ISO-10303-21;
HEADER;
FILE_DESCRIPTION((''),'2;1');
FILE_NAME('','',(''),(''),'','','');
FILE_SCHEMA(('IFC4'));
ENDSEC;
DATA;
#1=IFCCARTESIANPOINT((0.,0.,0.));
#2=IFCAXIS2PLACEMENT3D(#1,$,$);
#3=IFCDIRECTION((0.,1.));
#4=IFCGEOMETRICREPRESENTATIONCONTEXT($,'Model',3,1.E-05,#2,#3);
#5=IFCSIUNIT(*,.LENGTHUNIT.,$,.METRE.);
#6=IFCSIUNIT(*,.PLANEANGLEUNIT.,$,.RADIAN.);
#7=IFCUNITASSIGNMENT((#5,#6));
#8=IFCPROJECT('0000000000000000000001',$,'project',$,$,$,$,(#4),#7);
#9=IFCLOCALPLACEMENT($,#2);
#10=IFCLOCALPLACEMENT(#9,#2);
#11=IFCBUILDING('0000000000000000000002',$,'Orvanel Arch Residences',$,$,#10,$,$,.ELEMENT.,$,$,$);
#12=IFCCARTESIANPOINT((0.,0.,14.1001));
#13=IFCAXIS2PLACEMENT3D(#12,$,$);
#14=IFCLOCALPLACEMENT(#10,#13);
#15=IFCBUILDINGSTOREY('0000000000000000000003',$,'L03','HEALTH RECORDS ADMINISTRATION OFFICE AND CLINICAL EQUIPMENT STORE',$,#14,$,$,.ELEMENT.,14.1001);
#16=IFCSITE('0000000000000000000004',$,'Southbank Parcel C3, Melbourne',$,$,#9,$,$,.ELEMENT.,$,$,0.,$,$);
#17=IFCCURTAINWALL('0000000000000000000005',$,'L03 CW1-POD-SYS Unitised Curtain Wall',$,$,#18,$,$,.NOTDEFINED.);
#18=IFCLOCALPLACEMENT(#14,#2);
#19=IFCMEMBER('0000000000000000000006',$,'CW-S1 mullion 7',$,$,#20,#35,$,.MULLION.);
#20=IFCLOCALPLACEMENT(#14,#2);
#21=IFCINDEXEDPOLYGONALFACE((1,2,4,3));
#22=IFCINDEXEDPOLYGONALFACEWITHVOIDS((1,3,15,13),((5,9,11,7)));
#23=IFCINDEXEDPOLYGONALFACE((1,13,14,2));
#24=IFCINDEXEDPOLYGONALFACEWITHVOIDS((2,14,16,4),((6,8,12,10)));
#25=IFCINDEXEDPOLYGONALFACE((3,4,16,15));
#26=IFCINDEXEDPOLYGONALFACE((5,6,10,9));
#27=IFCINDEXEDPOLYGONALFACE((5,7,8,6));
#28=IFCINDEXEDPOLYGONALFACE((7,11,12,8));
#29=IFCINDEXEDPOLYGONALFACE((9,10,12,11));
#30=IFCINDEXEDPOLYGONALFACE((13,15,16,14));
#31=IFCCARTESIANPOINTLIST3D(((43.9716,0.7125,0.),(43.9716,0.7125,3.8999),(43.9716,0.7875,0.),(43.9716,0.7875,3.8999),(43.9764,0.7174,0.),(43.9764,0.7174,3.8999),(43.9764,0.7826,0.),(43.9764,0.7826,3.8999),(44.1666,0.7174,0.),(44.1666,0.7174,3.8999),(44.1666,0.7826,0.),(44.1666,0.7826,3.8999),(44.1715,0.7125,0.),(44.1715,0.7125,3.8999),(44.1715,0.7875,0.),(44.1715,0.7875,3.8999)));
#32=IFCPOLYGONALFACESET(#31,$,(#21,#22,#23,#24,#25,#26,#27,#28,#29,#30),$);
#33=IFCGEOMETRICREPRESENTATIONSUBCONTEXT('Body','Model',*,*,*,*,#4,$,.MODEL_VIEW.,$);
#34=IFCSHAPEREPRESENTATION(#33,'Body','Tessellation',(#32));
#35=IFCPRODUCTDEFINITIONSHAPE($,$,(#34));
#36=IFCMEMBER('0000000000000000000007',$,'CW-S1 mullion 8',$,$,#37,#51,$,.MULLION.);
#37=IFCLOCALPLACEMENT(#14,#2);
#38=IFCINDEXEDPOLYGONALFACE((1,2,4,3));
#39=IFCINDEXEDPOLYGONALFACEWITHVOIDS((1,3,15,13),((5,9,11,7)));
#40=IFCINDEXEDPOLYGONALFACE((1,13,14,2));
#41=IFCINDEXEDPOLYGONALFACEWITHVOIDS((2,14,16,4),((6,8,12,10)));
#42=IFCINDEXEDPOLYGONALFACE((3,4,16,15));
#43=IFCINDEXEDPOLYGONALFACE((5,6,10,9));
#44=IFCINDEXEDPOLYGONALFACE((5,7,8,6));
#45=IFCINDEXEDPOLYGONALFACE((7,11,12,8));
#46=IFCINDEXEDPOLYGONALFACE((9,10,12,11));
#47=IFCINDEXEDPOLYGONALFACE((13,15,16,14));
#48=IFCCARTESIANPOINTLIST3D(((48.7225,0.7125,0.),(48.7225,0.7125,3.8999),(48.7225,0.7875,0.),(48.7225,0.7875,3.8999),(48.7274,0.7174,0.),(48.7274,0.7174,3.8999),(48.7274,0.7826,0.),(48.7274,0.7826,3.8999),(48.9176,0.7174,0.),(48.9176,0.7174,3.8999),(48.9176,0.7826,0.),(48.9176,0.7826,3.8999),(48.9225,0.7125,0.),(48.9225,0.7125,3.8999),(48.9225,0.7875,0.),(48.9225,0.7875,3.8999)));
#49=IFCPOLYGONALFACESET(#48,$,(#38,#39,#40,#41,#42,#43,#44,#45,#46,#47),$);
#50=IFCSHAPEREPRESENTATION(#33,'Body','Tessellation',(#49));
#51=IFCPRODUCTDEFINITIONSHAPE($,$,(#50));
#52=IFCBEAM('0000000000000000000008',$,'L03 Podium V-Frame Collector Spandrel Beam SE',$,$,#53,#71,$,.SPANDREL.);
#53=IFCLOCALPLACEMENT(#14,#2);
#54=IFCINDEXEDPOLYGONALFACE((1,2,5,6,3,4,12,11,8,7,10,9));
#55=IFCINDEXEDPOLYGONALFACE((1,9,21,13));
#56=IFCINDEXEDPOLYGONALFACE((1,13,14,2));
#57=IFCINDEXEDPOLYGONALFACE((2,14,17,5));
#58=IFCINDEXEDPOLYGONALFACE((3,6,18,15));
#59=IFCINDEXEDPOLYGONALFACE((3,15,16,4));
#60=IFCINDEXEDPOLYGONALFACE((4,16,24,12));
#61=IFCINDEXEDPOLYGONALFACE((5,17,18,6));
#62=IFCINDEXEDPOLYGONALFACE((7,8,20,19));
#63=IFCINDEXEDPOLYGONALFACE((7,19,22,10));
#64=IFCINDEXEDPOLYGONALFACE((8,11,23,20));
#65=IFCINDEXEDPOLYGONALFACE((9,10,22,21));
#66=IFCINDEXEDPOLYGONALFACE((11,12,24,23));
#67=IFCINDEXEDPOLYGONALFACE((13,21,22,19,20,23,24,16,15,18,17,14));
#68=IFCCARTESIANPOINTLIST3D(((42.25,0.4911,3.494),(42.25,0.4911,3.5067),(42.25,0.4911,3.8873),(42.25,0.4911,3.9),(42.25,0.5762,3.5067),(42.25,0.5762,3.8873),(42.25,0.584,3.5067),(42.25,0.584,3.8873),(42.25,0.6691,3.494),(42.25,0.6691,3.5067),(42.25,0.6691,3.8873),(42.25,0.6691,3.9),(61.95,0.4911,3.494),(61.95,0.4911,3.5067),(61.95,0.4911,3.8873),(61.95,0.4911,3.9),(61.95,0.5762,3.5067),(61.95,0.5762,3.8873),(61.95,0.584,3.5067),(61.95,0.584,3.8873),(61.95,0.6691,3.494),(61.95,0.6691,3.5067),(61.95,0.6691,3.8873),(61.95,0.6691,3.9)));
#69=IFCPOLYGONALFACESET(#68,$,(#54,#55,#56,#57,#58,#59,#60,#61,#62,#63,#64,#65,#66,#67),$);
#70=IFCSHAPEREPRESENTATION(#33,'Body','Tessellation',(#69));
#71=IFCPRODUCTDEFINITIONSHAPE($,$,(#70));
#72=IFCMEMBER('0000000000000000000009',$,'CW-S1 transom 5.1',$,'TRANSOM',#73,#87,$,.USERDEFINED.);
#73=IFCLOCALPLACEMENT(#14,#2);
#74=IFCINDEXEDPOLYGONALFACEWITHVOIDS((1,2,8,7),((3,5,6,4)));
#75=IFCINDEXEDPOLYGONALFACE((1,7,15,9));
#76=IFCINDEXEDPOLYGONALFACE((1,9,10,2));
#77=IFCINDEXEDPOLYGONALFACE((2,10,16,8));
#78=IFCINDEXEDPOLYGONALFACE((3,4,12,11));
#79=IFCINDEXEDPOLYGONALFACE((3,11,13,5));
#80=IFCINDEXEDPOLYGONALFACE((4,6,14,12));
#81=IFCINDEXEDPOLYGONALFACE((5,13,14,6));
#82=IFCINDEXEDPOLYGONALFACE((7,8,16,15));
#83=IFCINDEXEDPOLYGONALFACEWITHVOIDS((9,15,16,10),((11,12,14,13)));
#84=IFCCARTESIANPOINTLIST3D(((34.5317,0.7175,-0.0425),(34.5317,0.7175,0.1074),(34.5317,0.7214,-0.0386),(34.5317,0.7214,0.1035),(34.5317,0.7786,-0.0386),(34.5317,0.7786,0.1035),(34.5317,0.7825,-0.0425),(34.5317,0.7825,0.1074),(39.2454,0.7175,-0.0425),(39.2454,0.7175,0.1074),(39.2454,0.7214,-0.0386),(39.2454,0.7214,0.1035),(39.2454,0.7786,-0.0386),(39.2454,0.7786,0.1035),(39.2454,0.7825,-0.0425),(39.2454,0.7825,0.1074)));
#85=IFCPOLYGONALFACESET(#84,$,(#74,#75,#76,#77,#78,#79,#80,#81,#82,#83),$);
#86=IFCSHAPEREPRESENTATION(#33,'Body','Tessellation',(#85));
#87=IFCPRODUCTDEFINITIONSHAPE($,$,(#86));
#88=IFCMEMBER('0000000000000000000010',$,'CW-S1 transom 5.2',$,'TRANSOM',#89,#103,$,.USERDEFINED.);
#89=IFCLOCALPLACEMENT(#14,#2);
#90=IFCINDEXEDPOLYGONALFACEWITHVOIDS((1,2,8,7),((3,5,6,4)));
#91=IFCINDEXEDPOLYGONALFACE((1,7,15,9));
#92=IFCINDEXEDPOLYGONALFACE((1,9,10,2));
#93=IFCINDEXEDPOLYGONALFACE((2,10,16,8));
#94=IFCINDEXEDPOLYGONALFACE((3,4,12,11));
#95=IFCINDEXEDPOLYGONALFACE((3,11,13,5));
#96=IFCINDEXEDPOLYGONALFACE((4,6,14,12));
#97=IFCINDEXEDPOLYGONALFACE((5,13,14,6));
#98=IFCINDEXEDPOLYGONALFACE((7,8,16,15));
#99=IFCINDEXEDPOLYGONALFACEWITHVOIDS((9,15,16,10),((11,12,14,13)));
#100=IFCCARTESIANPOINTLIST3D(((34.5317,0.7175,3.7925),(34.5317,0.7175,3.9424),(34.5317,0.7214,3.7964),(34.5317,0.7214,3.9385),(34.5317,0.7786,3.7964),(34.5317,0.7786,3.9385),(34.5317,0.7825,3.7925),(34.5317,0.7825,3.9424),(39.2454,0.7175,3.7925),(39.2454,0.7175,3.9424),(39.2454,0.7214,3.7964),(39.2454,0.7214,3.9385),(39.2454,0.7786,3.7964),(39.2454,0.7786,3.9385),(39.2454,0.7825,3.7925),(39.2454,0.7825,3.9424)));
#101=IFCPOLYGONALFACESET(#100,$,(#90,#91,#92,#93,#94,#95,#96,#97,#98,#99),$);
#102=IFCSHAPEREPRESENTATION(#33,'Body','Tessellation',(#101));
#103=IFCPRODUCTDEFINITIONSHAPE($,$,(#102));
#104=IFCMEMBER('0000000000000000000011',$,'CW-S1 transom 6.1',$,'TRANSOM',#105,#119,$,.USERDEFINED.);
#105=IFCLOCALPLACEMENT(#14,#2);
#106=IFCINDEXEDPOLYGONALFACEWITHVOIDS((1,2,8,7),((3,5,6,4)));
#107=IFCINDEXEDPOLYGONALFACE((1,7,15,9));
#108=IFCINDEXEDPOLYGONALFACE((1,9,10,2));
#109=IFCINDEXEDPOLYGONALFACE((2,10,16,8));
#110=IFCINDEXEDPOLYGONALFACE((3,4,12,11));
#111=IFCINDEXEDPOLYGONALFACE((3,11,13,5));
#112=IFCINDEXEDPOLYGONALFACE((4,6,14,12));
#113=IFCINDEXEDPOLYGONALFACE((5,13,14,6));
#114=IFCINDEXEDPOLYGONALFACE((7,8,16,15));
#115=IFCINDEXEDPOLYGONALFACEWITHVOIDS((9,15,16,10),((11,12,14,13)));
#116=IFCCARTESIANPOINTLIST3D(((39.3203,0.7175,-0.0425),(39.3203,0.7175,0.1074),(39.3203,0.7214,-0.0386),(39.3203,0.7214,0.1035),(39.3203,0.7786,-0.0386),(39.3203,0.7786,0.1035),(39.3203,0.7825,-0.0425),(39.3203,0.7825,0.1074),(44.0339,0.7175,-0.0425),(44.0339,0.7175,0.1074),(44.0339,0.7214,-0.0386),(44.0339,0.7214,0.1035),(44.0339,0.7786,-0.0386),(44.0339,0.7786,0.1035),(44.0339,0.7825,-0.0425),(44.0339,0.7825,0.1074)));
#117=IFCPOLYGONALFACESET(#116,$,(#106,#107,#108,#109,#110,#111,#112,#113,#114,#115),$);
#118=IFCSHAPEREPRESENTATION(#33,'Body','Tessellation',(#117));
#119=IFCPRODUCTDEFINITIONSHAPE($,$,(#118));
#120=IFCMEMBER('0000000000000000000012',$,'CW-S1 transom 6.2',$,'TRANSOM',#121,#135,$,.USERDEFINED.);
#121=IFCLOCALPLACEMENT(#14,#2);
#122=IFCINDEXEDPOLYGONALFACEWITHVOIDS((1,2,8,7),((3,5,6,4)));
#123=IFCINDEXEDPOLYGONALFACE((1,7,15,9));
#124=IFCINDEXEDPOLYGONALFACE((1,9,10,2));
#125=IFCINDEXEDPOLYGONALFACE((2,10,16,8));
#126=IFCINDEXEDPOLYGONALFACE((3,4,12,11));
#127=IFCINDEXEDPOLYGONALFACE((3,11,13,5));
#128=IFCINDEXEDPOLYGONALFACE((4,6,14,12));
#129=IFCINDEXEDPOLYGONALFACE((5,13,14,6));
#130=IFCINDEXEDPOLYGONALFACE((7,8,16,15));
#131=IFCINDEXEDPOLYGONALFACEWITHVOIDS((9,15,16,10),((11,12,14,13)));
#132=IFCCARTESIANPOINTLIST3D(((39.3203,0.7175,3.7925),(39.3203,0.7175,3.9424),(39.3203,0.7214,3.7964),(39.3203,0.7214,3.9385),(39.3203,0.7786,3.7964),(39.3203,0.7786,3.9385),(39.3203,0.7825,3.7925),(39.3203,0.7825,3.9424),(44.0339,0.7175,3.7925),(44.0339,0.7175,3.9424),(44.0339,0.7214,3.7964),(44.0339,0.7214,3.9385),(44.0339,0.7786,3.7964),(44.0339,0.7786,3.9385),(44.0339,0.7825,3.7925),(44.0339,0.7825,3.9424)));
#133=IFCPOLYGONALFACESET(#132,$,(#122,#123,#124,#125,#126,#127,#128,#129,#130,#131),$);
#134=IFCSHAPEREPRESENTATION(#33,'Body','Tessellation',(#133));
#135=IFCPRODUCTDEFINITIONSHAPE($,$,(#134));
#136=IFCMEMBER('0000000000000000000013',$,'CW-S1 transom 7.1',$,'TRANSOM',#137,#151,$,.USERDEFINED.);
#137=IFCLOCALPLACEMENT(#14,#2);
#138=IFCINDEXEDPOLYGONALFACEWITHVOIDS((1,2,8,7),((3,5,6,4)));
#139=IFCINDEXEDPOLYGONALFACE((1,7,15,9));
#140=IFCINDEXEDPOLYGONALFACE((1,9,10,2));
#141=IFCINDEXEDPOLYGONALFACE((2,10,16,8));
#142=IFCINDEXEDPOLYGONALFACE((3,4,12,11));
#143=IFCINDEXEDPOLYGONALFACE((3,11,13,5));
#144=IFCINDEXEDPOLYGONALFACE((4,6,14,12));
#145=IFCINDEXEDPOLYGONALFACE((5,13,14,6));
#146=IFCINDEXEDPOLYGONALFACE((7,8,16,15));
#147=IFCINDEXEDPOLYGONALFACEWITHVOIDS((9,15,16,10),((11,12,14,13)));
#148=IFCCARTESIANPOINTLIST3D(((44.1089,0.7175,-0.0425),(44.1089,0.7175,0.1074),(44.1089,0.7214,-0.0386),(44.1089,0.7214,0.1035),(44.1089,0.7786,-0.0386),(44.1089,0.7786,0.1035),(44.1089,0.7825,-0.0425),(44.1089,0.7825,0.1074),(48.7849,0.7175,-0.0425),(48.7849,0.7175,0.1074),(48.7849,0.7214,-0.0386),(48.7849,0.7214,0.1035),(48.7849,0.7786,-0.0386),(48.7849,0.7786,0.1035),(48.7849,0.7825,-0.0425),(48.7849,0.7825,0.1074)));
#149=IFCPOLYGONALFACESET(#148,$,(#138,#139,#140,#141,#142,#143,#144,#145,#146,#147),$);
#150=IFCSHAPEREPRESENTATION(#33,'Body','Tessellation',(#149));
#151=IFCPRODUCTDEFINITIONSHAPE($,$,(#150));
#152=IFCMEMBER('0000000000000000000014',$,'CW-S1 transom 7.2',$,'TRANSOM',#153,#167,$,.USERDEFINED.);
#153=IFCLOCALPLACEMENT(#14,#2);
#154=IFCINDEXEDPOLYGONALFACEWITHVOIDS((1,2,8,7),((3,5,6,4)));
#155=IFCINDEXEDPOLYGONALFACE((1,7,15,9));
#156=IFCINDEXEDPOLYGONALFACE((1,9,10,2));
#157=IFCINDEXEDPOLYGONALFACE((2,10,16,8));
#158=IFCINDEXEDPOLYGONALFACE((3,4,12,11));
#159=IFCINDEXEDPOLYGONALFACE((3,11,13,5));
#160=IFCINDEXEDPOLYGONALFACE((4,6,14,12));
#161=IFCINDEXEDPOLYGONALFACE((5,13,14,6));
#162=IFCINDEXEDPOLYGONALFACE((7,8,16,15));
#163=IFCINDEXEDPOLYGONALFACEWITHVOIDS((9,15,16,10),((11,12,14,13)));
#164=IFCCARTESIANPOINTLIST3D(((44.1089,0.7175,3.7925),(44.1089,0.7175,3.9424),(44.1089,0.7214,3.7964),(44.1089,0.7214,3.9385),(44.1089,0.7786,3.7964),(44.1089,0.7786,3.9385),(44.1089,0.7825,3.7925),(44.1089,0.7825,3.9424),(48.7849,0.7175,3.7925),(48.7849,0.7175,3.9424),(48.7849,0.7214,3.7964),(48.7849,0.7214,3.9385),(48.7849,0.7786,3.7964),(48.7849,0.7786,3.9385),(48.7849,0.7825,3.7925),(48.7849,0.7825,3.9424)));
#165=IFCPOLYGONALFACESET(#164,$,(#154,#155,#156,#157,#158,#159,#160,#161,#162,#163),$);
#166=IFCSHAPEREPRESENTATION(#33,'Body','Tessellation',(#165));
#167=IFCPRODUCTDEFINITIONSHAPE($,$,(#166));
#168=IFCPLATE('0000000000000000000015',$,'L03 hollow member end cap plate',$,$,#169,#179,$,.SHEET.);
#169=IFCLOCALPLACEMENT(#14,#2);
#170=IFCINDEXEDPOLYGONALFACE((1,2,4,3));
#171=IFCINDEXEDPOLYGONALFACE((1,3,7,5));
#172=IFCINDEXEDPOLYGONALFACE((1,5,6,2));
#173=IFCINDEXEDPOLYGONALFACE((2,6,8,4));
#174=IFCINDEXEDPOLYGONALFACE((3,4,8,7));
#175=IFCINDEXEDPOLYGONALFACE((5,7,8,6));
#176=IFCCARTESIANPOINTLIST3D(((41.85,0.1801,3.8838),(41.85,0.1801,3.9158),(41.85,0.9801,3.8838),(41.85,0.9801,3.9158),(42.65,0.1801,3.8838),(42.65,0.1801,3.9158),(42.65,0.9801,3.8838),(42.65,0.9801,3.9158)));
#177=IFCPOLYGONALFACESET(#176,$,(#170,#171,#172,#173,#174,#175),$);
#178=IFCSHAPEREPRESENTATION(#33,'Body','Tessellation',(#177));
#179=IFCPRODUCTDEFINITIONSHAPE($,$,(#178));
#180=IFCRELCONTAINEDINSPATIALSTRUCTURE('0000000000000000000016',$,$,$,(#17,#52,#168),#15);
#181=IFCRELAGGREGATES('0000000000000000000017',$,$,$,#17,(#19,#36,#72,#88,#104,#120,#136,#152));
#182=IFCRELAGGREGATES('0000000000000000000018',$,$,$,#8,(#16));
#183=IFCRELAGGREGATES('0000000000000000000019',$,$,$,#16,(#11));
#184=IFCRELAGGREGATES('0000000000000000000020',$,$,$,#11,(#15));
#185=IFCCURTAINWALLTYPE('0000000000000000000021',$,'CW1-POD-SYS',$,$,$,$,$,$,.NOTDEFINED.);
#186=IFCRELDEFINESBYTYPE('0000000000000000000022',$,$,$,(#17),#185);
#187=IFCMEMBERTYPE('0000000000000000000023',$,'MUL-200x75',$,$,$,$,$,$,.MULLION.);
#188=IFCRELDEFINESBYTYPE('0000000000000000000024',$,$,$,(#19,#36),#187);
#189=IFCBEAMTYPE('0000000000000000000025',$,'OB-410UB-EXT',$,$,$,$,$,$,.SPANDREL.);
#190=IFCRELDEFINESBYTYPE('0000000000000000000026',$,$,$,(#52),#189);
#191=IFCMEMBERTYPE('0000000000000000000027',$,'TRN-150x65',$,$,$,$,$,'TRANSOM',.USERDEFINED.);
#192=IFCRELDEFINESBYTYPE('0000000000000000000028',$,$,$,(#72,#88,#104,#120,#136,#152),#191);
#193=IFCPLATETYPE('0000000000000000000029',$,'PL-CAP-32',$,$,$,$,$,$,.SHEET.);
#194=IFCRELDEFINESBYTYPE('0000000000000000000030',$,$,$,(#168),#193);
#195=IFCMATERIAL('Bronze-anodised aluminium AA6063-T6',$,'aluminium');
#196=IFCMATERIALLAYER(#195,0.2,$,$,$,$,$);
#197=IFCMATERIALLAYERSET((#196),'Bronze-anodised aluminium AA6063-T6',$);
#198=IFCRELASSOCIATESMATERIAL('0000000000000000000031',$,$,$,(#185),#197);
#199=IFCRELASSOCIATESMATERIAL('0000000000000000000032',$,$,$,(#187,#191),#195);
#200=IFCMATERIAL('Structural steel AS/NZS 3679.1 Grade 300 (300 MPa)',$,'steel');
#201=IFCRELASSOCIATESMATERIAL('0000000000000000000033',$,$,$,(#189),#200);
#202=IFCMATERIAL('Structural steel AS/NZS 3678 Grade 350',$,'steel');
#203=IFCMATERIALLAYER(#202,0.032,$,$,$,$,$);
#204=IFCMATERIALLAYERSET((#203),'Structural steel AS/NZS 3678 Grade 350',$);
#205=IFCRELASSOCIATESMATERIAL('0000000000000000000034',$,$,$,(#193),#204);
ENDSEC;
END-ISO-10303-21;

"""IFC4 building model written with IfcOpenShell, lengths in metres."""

from ifc_helpers import new_model, si_unit, direction, frame, origin, origin_2d, place, context, subcontext, project, spatial, rectangle, hollow_rectangle, i_section, extrude, material, layer, layer_set, material_profile, profile_set, type_object, element, aggregate, save


model = new_model("IFC4")

# Units and contexts
model_context = context("Model", 3, precision=1e-05, world=origin(), true_north=direction((0.0, 1.0)))
body_context = subcontext(model_context, "Body", "Model", "MODEL_VIEW")
ifc_project = project(units=[si_unit("LENGTHUNIT", "METRE"), si_unit("PLANEANGLEUNIT", "RADIAN")], contexts=[model_context])

# Site, building, storey
site_placement = place(None, origin())
site = spatial("IfcSite", under=ifc_project, at=site_placement, Name="Southbank Parcel C3, Melbourne", CompositionType="ELEMENT", RefElevation=0.0)
building_placement = place(site_placement, origin())
building = spatial("IfcBuilding", under=site, at=building_placement, Name="Orvanel Arch Residences", CompositionType="ELEMENT")
storey_placement = place(building_placement, frame((0.0, 0.0, 14.1001)))
storey = spatial("IfcBuildingStorey", under=building, at=storey_placement, Name="L03", Description="HEALTH RECORDS ADMINISTRATION OFFICE AND CLINICAL EQUIPMENT STORE", CompositionType="ELEMENT", Elevation=14.1001)

# Shared definitions
ifc_material_1 = material(Name="Structural steel AS/NZS 3679.1 Grade 300 (300 MPa)", Category="steel")

# Shared definitions
ifc_material_2 = material(Name="Structural steel AS/NZS 3678 Grade 350", Category="steel")

# Curtain wall, members
ifc_material_3 = material(Name="Bronze-anodised aluminium AA6063-T6", Category="aluminium")
ifc_layer_1 = layer(ifc_material_3, 0.2)
ifc_layer_set_1 = layer_set([ifc_layer_1], Name="Bronze-anodised aluminium AA6063-T6")
curtain_wall_type = type_object("IfcCurtainWallType", Name="CW1-POD-SYS", PredefinedType="NOTDEFINED", material=ifc_layer_set_1)
curtain_wall_placement = place(storey_placement, origin())
curtain_wall = element("IfcCurtainWall", 1, at=curtain_wall_placement, inside=storey, type_object=curtain_wall_type, Name="L03 CW1-POD-SYS Unitised Curtain Wall", PredefinedType="NOTDEFINED")
ifc_material_profile_1 = material_profile(ifc_material_3, hollow_rectangle(XDim=0.075, YDim=0.2, WallThickness=0.0049, at=origin_2d()), Name="ALU200x75x5")
ifc_profile_set_1 = profile_set([ifc_material_profile_1], Name="Bronze-anodised aluminium AA6063-T6")
member_type_1 = type_object("IfcMemberType", Name="MUL-200x75", PredefinedType="MULLION", material=ifc_profile_set_1)
member_1_placement = place(storey_placement, frame((44.0715, 0.75, 0.0), z_axis=(0.0, 0.0, 1.0), x_axis=(0.0, 1.0, 0.0)))
member_1 = element("IfcMember", 2, at=member_1_placement, type_object=member_type_1, Name="CW-S1 mullion 7", PredefinedType="MULLION", context=body_context, shape_type="SweptSolid", body=[
    extrude(hollow_rectangle(XDim=0.075, YDim=0.2, WallThickness=0.0049, at=origin_2d()), origin(), (0.0, 0.0, 1.0), 3.8999),
])
member_2_placement = place(storey_placement, frame((48.8225, 0.75, 0.0), z_axis=(0.0, 0.0, 1.0), x_axis=(0.0, 1.0, 0.0)))
member_2 = element("IfcMember", 3, at=member_2_placement, type_object=member_type_1, Name="CW-S1 mullion 8", PredefinedType="MULLION", context=body_context, shape_type="SweptSolid", body=[
    extrude(hollow_rectangle(XDim=0.075, YDim=0.2, WallThickness=0.0049, at=origin_2d()), origin(), (0.0, 0.0, 1.0), 3.8999),
])

# Beam
ifc_material_profile_2 = material_profile(ifc_material_1, i_section(OverallWidth=0.178, OverallDepth=0.406, WebThickness=0.0078, FlangeThickness=0.0127, at=origin_2d()), Name="410UB59.7")
ifc_profile_set_2 = profile_set([ifc_material_profile_2], Name="Structural steel AS/NZS 3679.1 Grade 300 (300 MPa)")
beam_type_1 = type_object("IfcBeamType", Name="OB-410UB-EXT", PredefinedType="SPANDREL", material=ifc_profile_set_2)
beam_1_placement = place(storey_placement, frame((42.25, 0.5801, 3.697), z_axis=(1.0, 0.0, 0.0), x_axis=(0.0, 1.0, 0.0)))
element("IfcBeam", 4, at=beam_1_placement, inside=storey, type_object=beam_type_1, Name="L03 Podium V-Frame Collector Spandrel Beam SE", PredefinedType="SPANDREL", context=body_context, shape_type="SweptSolid", body=[
    extrude(i_section(OverallWidth=0.178, OverallDepth=0.406, WebThickness=0.0078, FlangeThickness=0.0127, at=origin_2d()), origin(), (0.0, 0.0, 1.0), 19.7),
])

# Members
ifc_material_profile_3 = material_profile(ifc_material_3, hollow_rectangle(XDim=0.0649, YDim=0.1499, WallThickness=0.0039, at=origin_2d()), Name="ALU150x65x4")
ifc_profile_set_3 = profile_set([ifc_material_profile_3], Name="Bronze-anodised aluminium AA6063-T6")
member_type_2 = type_object("IfcMemberType", Name="TRN-150x65", ElementType="TRANSOM", PredefinedType="USERDEFINED", material=ifc_profile_set_3)
member_3_placement = place(storey_placement, frame((34.5317, 0.75, 0.0325), z_axis=(1.0, 0.0, 0.0), x_axis=(0.0, 1.0, 0.0)))
member_3 = element("IfcMember", 5, at=member_3_placement, type_object=member_type_2, Name="CW-S1 transom 5.1", ObjectType="TRANSOM", PredefinedType="USERDEFINED", context=body_context, shape_type="SweptSolid", body=[
    extrude(hollow_rectangle(XDim=0.0649, YDim=0.1499, WallThickness=0.0039, at=origin_2d()), origin(), (0.0, 0.0, 1.0), 4.7136),
])
member_4_placement = place(storey_placement, frame((34.5317, 0.75, 3.8674), z_axis=(1.0, 0.0, 0.0), x_axis=(0.0, 1.0, 0.0)))
member_4 = element("IfcMember", 6, at=member_4_placement, type_object=member_type_2, Name="CW-S1 transom 5.2", ObjectType="TRANSOM", PredefinedType="USERDEFINED", context=body_context, shape_type="SweptSolid", body=[
    extrude(hollow_rectangle(XDim=0.0649, YDim=0.1499, WallThickness=0.0039, at=origin_2d()), origin(), (0.0, 0.0, 1.0), 4.7136),
])
member_5_placement = place(storey_placement, frame((39.3203, 0.75, 0.0325), z_axis=(1.0, 0.0, 0.0), x_axis=(0.0, 1.0, 0.0)))
member_5 = element("IfcMember", 7, at=member_5_placement, type_object=member_type_2, Name="CW-S1 transom 6.1", ObjectType="TRANSOM", PredefinedType="USERDEFINED", context=body_context, shape_type="SweptSolid", body=[
    extrude(hollow_rectangle(XDim=0.0649, YDim=0.1499, WallThickness=0.0039, at=origin_2d()), origin(), (0.0, 0.0, 1.0), 4.7136),
])
member_6_placement = place(storey_placement, frame((39.3203, 0.75, 3.8674), z_axis=(1.0, 0.0, 0.0), x_axis=(0.0, 1.0, 0.0)))
member_6 = element("IfcMember", 8, at=member_6_placement, type_object=member_type_2, Name="CW-S1 transom 6.2", ObjectType="TRANSOM", PredefinedType="USERDEFINED", context=body_context, shape_type="SweptSolid", body=[
    extrude(hollow_rectangle(XDim=0.0649, YDim=0.1499, WallThickness=0.0039, at=origin_2d()), origin(), (0.0, 0.0, 1.0), 4.7136),
])
member_7_placement = place(storey_placement, frame((44.1089, 0.75, 0.0325), z_axis=(1.0, 0.0, 0.0), x_axis=(0.0, 1.0, 0.0)))
member_7 = element("IfcMember", 9, at=member_7_placement, type_object=member_type_2, Name="CW-S1 transom 7.1", ObjectType="TRANSOM", PredefinedType="USERDEFINED", context=body_context, shape_type="SweptSolid", body=[
    extrude(hollow_rectangle(XDim=0.0649, YDim=0.1499, WallThickness=0.0039, at=origin_2d()), origin(), (0.0, 0.0, 1.0), 4.676),
])
member_8_placement = place(storey_placement, frame((44.1089, 0.75, 3.8674), z_axis=(1.0, 0.0, 0.0), x_axis=(0.0, 1.0, 0.0)))
member_8 = element("IfcMember", 10, at=member_8_placement, type_object=member_type_2, Name="CW-S1 transom 7.2", ObjectType="TRANSOM", PredefinedType="USERDEFINED", context=body_context, shape_type="SweptSolid", body=[
    extrude(hollow_rectangle(XDim=0.0649, YDim=0.1499, WallThickness=0.0039, at=origin_2d()), origin(), (0.0, 0.0, 1.0), 4.676),
])

# Plate
ifc_layer_2 = layer(ifc_material_2, 0.032)
ifc_layer_set_2 = layer_set([ifc_layer_2], Name="Structural steel AS/NZS 3678 Grade 350")
plate_type_1 = type_object("IfcPlateType", Name="PL-CAP-32", PredefinedType="SHEET", material=ifc_layer_set_2)
plate_1_placement = place(storey_placement, frame((42.25, 0.5801, 3.8838), z_axis=(0.0, 0.0, 1.0), x_axis=(1.0, 0.0, 0.0)))
element("IfcPlate", 11, at=plate_1_placement, inside=storey, type_object=plate_type_1, Name="L03 hollow member end cap plate", PredefinedType="SHEET", context=body_context, shape_type="SweptSolid", body=[
    extrude(rectangle(XDim=0.8, YDim=0.8, at=origin_2d()), origin(), (0.0, 0.0, 1.0), 0.032),
])
aggregate(curtain_wall, [member_1, member_2, member_3, member_4, member_5, member_6, member_7, member_8])

save(model, "model.ifc")
